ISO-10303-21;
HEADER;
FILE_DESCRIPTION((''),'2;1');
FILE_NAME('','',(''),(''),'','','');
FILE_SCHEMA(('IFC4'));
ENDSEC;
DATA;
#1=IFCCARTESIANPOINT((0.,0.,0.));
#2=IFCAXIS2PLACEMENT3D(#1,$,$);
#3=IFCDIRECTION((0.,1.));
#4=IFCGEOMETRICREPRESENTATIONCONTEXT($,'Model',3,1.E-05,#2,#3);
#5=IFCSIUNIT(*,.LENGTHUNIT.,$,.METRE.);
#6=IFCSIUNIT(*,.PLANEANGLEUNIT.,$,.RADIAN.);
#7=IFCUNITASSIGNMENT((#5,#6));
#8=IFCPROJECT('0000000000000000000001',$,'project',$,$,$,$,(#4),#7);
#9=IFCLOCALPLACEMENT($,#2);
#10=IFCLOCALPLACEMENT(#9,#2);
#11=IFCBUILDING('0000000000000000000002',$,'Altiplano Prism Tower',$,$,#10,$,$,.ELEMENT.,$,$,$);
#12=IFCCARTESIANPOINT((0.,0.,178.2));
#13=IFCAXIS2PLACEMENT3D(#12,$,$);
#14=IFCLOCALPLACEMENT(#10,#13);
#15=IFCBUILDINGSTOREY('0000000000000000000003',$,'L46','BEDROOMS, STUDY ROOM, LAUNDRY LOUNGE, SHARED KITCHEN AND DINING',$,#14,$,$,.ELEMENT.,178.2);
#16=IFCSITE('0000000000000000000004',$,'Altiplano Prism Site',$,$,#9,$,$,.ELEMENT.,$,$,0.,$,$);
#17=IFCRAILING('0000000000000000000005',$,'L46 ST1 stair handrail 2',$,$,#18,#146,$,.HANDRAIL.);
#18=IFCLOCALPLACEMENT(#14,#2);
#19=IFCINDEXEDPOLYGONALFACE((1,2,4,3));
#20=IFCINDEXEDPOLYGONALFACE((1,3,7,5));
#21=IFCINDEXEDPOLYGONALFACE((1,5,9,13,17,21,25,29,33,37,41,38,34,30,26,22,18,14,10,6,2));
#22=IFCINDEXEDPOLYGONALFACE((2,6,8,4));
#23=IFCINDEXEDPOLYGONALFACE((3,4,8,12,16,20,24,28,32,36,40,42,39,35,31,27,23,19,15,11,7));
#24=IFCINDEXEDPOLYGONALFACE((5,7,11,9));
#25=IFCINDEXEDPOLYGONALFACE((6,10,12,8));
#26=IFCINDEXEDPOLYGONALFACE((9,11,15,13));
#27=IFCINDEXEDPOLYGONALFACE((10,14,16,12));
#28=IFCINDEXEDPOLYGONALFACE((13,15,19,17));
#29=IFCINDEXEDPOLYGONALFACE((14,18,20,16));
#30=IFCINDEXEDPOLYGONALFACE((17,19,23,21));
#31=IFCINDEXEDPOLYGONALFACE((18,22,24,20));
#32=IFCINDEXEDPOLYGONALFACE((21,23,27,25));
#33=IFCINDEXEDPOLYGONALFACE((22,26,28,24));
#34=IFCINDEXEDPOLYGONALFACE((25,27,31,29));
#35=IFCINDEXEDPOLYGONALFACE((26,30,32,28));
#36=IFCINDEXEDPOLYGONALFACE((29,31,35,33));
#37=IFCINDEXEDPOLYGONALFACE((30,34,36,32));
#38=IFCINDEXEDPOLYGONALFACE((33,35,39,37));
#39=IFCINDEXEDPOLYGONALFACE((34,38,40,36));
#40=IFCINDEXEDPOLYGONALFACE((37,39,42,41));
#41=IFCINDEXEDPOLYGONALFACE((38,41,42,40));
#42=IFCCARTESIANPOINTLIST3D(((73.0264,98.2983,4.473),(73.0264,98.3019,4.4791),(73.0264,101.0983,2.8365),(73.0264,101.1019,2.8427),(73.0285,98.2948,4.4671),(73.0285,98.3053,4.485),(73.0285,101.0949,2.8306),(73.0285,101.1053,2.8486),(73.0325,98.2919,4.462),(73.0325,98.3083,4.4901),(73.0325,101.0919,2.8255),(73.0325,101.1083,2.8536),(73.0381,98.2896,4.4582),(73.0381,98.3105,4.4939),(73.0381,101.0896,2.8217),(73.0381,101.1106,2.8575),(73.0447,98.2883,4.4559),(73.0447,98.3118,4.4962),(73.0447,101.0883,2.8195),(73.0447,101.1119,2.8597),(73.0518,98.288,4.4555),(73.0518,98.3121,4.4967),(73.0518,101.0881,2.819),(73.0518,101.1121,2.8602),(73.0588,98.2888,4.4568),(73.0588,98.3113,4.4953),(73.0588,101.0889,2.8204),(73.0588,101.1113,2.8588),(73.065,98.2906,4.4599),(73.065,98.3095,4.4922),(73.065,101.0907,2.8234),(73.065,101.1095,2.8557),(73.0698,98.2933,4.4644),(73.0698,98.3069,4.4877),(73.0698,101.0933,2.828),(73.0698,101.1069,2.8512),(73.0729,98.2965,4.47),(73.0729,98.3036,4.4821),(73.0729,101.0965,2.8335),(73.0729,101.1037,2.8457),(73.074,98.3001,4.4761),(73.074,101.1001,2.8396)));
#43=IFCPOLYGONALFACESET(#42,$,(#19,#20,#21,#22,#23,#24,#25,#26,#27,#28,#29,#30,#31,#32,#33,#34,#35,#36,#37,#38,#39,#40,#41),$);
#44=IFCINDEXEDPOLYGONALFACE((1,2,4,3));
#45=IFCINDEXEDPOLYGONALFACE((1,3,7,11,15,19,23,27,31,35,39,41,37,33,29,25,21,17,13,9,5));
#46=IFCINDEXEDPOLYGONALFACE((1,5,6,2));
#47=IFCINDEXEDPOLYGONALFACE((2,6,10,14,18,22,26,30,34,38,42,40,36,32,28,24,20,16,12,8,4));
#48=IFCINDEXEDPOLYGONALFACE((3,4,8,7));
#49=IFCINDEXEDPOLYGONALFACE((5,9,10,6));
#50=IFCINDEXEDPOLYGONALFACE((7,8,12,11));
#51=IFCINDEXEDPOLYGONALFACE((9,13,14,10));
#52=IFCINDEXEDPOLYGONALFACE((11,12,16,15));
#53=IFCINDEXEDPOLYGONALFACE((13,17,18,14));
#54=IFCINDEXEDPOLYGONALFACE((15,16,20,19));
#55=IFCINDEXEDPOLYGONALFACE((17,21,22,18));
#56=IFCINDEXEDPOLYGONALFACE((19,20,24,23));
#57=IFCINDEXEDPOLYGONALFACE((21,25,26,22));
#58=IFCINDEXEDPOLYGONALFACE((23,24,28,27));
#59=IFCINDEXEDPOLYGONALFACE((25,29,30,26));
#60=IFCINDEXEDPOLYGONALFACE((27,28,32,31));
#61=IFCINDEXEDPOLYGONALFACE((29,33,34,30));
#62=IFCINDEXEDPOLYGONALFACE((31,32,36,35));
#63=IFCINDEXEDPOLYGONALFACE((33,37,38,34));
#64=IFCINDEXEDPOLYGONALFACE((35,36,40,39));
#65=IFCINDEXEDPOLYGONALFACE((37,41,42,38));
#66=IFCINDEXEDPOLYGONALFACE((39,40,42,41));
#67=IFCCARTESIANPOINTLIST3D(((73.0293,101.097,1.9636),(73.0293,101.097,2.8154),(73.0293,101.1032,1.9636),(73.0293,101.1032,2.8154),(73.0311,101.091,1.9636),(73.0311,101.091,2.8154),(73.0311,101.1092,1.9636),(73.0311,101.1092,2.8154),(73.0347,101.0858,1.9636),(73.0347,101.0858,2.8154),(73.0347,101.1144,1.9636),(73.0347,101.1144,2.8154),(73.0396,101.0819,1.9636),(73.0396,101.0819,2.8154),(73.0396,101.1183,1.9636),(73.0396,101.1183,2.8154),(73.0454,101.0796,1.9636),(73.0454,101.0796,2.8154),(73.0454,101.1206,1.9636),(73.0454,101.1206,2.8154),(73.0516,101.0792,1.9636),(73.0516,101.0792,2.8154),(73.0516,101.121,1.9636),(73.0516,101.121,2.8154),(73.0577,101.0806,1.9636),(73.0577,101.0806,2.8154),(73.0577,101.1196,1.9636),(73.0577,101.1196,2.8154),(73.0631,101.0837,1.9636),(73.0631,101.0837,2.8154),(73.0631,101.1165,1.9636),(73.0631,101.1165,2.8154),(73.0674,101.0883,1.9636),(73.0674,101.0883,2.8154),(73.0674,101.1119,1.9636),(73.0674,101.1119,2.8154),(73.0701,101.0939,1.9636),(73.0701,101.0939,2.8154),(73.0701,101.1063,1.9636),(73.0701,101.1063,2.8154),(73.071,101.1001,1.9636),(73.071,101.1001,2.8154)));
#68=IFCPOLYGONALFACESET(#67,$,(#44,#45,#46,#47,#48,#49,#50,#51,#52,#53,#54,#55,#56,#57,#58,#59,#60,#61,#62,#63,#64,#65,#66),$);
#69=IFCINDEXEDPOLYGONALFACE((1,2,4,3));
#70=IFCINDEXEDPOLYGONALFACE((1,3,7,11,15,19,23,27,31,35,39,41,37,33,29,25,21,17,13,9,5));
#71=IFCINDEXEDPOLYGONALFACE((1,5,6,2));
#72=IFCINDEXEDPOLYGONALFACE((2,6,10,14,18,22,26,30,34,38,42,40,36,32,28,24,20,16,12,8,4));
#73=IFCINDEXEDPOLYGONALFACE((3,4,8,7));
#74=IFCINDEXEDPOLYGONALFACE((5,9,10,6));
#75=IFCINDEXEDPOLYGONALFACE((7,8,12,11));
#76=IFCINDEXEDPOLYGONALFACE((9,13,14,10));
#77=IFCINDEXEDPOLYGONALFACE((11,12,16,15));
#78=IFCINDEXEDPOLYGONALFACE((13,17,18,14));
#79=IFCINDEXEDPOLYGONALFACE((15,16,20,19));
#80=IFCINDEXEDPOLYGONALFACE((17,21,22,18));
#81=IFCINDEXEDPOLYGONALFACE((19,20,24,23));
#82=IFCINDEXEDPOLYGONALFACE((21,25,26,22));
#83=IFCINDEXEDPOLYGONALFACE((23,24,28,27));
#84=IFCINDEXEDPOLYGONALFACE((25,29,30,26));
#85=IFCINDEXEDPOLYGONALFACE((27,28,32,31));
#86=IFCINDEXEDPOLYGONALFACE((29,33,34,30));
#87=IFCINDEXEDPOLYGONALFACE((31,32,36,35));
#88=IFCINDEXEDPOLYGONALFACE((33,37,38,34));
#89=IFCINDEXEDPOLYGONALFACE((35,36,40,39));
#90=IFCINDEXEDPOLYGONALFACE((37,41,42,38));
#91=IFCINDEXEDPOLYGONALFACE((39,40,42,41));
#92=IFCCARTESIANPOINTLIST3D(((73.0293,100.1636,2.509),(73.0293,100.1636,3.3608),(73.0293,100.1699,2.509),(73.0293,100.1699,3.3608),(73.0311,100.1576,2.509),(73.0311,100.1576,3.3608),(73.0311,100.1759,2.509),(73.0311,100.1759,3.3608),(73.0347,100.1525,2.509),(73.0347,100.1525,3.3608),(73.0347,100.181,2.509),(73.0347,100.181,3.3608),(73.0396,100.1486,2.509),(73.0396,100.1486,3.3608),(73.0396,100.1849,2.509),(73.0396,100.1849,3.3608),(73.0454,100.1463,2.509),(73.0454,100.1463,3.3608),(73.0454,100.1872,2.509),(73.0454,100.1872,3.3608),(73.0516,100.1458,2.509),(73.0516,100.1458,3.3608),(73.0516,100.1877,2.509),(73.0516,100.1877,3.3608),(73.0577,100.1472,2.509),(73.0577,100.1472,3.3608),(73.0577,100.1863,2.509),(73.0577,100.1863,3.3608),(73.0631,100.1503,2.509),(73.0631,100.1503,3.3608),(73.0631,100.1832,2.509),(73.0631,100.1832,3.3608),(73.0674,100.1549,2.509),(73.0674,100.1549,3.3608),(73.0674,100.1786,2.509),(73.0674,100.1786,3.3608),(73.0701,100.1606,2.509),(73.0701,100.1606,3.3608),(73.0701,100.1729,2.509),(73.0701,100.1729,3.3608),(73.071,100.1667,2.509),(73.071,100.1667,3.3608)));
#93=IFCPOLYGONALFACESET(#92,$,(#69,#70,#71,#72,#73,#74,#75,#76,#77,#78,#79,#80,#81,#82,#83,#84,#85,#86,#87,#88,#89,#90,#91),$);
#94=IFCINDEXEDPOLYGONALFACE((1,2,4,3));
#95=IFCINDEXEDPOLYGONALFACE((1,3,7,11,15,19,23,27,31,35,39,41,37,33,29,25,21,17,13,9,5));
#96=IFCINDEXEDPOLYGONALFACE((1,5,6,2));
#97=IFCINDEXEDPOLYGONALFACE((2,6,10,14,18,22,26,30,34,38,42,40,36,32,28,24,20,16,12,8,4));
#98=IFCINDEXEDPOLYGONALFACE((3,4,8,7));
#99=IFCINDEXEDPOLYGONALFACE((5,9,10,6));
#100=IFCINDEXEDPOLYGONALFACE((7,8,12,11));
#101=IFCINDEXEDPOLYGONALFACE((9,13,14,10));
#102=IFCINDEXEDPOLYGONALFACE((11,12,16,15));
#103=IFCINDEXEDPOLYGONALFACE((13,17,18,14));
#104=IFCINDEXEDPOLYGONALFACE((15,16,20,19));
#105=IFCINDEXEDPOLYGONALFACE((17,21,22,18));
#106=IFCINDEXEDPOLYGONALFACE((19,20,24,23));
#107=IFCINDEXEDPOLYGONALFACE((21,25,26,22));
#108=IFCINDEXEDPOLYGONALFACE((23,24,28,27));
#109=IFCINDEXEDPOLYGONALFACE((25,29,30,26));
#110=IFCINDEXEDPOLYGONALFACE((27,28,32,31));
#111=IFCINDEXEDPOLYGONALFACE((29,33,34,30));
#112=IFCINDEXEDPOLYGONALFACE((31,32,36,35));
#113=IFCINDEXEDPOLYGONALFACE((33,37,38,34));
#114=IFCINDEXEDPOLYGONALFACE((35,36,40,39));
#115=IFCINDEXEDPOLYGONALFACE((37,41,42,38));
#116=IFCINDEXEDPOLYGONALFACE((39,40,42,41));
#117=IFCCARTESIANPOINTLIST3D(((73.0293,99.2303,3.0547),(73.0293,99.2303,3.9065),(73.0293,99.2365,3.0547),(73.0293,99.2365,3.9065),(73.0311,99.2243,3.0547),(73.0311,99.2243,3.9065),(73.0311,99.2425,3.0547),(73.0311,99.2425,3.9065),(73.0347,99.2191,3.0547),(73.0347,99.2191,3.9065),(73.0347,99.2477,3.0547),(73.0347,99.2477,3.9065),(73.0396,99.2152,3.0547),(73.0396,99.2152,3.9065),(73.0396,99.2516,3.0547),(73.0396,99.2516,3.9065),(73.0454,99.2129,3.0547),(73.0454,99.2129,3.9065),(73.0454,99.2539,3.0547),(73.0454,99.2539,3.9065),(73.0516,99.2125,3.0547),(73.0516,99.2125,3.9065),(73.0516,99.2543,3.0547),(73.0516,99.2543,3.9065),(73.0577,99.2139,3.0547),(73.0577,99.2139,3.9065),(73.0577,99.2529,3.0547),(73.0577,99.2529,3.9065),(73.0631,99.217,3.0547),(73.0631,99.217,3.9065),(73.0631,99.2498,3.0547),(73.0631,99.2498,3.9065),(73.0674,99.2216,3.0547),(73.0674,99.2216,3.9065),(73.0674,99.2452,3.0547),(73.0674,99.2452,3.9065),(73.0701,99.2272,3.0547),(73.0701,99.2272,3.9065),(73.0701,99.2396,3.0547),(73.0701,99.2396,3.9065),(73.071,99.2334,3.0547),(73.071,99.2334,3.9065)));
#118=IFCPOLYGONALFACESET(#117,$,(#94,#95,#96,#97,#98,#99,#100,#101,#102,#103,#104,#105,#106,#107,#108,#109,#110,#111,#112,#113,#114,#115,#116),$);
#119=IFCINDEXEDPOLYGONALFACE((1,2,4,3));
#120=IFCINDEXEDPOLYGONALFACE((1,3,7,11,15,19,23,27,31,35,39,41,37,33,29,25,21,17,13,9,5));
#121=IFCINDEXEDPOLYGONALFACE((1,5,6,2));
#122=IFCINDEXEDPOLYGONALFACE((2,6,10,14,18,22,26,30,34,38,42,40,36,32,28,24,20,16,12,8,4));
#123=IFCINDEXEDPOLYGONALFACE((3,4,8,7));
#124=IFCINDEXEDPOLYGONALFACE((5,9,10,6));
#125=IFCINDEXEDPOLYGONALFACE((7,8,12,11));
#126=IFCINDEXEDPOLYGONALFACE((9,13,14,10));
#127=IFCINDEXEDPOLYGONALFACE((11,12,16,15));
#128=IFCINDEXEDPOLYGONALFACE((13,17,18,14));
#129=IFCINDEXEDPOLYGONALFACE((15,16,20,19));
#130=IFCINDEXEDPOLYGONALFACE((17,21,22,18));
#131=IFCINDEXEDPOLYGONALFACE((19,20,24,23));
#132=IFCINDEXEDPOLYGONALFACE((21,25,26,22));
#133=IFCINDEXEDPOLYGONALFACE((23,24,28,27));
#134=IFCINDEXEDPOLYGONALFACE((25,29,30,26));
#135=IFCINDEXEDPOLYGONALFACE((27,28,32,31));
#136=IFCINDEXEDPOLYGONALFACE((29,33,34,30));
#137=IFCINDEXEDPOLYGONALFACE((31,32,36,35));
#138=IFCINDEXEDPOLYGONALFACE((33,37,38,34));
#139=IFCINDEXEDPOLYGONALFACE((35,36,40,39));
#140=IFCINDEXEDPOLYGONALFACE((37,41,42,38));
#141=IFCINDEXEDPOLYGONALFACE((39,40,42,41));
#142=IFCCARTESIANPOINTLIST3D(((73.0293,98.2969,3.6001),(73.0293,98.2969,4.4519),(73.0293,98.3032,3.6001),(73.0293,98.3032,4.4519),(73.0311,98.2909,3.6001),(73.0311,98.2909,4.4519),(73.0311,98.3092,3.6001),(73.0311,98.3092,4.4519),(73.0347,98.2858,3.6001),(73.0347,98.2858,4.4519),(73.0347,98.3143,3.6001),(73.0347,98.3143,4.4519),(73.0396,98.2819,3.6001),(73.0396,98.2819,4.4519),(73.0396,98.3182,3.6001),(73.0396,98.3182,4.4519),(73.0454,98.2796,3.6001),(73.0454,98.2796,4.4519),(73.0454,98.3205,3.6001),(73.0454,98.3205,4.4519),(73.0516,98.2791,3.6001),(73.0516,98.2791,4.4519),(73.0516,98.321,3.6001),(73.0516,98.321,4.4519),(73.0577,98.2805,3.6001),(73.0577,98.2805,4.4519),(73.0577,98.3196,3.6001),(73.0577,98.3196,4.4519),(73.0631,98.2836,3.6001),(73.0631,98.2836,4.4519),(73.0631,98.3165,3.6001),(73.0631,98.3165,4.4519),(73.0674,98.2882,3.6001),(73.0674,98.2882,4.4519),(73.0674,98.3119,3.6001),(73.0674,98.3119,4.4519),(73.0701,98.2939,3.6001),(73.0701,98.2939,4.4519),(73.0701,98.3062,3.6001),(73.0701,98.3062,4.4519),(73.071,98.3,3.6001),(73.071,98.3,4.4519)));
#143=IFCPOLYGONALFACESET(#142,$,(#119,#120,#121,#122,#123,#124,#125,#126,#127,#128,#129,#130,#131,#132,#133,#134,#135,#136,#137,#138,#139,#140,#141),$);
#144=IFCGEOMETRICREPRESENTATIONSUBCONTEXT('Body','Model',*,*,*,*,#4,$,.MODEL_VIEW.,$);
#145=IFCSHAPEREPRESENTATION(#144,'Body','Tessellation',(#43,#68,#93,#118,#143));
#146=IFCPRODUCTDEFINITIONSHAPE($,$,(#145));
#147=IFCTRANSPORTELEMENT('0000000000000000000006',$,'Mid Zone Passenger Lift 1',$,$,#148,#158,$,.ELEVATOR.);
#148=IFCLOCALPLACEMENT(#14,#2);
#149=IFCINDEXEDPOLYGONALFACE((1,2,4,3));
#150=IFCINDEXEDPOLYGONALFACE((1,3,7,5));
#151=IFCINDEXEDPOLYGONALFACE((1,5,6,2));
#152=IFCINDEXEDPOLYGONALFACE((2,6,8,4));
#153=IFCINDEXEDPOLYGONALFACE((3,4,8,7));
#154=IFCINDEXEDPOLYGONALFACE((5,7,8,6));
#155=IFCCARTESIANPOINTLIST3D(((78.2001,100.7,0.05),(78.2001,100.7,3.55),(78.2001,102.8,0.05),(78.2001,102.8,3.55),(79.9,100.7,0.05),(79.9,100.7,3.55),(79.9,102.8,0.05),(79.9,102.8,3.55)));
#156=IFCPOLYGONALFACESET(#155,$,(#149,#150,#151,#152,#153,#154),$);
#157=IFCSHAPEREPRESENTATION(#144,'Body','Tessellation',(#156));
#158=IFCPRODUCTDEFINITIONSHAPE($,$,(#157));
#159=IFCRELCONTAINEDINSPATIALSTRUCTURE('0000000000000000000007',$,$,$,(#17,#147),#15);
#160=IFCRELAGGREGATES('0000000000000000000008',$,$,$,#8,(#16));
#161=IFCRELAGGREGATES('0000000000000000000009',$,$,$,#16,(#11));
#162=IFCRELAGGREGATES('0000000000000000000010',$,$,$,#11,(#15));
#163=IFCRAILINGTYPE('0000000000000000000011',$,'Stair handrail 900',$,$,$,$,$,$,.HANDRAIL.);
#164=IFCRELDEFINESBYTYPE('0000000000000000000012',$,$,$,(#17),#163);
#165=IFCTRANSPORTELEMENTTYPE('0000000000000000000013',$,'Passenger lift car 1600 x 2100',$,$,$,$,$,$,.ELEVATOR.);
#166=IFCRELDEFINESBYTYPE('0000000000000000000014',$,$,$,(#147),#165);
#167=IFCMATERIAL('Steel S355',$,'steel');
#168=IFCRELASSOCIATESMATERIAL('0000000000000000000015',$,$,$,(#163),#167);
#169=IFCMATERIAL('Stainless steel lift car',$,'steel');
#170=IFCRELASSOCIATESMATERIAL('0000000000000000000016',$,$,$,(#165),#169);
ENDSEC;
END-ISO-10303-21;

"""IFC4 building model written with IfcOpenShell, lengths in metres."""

from ifc_helpers import new_model, si_unit, direction, frame, origin, origin_2d, place, context, subcontext, project, spatial, rectangle, circle, extrude, material, type_object, element, save


model = new_model("IFC4")

# Units and contexts
model_context = context("Model", 3, precision=1e-05, world=origin(), true_north=direction((0.0, 1.0)))
body_context = subcontext(model_context, "Body", "Model", "MODEL_VIEW")
ifc_project = project(units=[si_unit("LENGTHUNIT", "METRE"), si_unit("PLANEANGLEUNIT", "RADIAN")], contexts=[model_context])

# Site, building, storey
site_placement = place(None, origin())
site = spatial("IfcSite", under=ifc_project, at=site_placement, Name="Altiplano Prism Site", CompositionType="ELEMENT", RefElevation=0.0)
building_placement = place(site_placement, origin())
building = spatial("IfcBuilding", under=site, at=building_placement, Name="Altiplano Prism Tower", CompositionType="ELEMENT")
storey_placement = place(building_placement, frame((0.0, 0.0, 178.2)))
storey = spatial("IfcBuildingStorey", under=building, at=storey_placement, Name="L46", Description="BEDROOMS, STUDY ROOM, LAUNDRY LOUNGE, SHARED KITCHEN AND DINING", CompositionType="ELEMENT", Elevation=178.2)

# Railing
ifc_material_1 = material(Name="Steel S355", Category="steel")
railing_type_1 = type_object("IfcRailingType", Name="Stair handrail 900", PredefinedType="HANDRAIL", material=ifc_material_1)
railing_1_placement = place(storey_placement, frame((73.05, 101.1001, 1.9636)))
element("IfcRailing", 1, at=railing_1_placement, inside=storey, type_object=railing_type_1, Name="L46 ST1 stair handrail 2", PredefinedType="HANDRAIL", context=body_context, shape_type="SweptSolid", body=[
    extrude(circle(Radius=0.0239, at=origin_2d()), frame((0.0, 0.0, 0.876), z_axis=(0.0, -0.863361, 0.504587), x_axis=(1.0, 0.0, 0.0)), (0.0, 0.0, 1.0), 3.2432),
    extrude(circle(Radius=0.021, at=origin_2d()), origin(), (0.0, 0.0, 1.0), 0.8518),
    extrude(circle(Radius=0.021, at=origin_2d()), frame((0.0, -0.9333, 0.5454)), (0.0, 0.0, 1.0), 0.8518),
    extrude(circle(Radius=0.021, at=origin_2d()), frame((0.0, -1.8667, 1.0911)), (0.0, 0.0, 1.0), 0.8518),
    extrude(circle(Radius=0.021, at=origin_2d()), frame((0.0, -2.8, 1.6365)), (0.0, 0.0, 1.0), 0.8518),
])

# Transport element
ifc_material_2 = material(Name="Stainless steel lift car", Category="steel")
transport_element_type = type_object("IfcTransportElementType", Name="Passenger lift car 1600 x 2100", PredefinedType="ELEVATOR", material=ifc_material_2)
transport_element_placement = place(storey_placement, frame((79.05, 101.75, 0.05), z_axis=(0.0, 0.0, 1.0), x_axis=(1.0, 0.0, 0.0)))
element("IfcTransportElement", 2, at=transport_element_placement, inside=storey, type_object=transport_element_type, Name="Mid Zone Passenger Lift 1", PredefinedType="ELEVATOR", context=body_context, shape_type="SweptSolid", body=[
    extrude(rectangle(XDim=1.7, YDim=2.1001, at=origin_2d()), origin(), (0.0, 0.0, 1.0), 3.5),
])

save(model, "model.ifc")
